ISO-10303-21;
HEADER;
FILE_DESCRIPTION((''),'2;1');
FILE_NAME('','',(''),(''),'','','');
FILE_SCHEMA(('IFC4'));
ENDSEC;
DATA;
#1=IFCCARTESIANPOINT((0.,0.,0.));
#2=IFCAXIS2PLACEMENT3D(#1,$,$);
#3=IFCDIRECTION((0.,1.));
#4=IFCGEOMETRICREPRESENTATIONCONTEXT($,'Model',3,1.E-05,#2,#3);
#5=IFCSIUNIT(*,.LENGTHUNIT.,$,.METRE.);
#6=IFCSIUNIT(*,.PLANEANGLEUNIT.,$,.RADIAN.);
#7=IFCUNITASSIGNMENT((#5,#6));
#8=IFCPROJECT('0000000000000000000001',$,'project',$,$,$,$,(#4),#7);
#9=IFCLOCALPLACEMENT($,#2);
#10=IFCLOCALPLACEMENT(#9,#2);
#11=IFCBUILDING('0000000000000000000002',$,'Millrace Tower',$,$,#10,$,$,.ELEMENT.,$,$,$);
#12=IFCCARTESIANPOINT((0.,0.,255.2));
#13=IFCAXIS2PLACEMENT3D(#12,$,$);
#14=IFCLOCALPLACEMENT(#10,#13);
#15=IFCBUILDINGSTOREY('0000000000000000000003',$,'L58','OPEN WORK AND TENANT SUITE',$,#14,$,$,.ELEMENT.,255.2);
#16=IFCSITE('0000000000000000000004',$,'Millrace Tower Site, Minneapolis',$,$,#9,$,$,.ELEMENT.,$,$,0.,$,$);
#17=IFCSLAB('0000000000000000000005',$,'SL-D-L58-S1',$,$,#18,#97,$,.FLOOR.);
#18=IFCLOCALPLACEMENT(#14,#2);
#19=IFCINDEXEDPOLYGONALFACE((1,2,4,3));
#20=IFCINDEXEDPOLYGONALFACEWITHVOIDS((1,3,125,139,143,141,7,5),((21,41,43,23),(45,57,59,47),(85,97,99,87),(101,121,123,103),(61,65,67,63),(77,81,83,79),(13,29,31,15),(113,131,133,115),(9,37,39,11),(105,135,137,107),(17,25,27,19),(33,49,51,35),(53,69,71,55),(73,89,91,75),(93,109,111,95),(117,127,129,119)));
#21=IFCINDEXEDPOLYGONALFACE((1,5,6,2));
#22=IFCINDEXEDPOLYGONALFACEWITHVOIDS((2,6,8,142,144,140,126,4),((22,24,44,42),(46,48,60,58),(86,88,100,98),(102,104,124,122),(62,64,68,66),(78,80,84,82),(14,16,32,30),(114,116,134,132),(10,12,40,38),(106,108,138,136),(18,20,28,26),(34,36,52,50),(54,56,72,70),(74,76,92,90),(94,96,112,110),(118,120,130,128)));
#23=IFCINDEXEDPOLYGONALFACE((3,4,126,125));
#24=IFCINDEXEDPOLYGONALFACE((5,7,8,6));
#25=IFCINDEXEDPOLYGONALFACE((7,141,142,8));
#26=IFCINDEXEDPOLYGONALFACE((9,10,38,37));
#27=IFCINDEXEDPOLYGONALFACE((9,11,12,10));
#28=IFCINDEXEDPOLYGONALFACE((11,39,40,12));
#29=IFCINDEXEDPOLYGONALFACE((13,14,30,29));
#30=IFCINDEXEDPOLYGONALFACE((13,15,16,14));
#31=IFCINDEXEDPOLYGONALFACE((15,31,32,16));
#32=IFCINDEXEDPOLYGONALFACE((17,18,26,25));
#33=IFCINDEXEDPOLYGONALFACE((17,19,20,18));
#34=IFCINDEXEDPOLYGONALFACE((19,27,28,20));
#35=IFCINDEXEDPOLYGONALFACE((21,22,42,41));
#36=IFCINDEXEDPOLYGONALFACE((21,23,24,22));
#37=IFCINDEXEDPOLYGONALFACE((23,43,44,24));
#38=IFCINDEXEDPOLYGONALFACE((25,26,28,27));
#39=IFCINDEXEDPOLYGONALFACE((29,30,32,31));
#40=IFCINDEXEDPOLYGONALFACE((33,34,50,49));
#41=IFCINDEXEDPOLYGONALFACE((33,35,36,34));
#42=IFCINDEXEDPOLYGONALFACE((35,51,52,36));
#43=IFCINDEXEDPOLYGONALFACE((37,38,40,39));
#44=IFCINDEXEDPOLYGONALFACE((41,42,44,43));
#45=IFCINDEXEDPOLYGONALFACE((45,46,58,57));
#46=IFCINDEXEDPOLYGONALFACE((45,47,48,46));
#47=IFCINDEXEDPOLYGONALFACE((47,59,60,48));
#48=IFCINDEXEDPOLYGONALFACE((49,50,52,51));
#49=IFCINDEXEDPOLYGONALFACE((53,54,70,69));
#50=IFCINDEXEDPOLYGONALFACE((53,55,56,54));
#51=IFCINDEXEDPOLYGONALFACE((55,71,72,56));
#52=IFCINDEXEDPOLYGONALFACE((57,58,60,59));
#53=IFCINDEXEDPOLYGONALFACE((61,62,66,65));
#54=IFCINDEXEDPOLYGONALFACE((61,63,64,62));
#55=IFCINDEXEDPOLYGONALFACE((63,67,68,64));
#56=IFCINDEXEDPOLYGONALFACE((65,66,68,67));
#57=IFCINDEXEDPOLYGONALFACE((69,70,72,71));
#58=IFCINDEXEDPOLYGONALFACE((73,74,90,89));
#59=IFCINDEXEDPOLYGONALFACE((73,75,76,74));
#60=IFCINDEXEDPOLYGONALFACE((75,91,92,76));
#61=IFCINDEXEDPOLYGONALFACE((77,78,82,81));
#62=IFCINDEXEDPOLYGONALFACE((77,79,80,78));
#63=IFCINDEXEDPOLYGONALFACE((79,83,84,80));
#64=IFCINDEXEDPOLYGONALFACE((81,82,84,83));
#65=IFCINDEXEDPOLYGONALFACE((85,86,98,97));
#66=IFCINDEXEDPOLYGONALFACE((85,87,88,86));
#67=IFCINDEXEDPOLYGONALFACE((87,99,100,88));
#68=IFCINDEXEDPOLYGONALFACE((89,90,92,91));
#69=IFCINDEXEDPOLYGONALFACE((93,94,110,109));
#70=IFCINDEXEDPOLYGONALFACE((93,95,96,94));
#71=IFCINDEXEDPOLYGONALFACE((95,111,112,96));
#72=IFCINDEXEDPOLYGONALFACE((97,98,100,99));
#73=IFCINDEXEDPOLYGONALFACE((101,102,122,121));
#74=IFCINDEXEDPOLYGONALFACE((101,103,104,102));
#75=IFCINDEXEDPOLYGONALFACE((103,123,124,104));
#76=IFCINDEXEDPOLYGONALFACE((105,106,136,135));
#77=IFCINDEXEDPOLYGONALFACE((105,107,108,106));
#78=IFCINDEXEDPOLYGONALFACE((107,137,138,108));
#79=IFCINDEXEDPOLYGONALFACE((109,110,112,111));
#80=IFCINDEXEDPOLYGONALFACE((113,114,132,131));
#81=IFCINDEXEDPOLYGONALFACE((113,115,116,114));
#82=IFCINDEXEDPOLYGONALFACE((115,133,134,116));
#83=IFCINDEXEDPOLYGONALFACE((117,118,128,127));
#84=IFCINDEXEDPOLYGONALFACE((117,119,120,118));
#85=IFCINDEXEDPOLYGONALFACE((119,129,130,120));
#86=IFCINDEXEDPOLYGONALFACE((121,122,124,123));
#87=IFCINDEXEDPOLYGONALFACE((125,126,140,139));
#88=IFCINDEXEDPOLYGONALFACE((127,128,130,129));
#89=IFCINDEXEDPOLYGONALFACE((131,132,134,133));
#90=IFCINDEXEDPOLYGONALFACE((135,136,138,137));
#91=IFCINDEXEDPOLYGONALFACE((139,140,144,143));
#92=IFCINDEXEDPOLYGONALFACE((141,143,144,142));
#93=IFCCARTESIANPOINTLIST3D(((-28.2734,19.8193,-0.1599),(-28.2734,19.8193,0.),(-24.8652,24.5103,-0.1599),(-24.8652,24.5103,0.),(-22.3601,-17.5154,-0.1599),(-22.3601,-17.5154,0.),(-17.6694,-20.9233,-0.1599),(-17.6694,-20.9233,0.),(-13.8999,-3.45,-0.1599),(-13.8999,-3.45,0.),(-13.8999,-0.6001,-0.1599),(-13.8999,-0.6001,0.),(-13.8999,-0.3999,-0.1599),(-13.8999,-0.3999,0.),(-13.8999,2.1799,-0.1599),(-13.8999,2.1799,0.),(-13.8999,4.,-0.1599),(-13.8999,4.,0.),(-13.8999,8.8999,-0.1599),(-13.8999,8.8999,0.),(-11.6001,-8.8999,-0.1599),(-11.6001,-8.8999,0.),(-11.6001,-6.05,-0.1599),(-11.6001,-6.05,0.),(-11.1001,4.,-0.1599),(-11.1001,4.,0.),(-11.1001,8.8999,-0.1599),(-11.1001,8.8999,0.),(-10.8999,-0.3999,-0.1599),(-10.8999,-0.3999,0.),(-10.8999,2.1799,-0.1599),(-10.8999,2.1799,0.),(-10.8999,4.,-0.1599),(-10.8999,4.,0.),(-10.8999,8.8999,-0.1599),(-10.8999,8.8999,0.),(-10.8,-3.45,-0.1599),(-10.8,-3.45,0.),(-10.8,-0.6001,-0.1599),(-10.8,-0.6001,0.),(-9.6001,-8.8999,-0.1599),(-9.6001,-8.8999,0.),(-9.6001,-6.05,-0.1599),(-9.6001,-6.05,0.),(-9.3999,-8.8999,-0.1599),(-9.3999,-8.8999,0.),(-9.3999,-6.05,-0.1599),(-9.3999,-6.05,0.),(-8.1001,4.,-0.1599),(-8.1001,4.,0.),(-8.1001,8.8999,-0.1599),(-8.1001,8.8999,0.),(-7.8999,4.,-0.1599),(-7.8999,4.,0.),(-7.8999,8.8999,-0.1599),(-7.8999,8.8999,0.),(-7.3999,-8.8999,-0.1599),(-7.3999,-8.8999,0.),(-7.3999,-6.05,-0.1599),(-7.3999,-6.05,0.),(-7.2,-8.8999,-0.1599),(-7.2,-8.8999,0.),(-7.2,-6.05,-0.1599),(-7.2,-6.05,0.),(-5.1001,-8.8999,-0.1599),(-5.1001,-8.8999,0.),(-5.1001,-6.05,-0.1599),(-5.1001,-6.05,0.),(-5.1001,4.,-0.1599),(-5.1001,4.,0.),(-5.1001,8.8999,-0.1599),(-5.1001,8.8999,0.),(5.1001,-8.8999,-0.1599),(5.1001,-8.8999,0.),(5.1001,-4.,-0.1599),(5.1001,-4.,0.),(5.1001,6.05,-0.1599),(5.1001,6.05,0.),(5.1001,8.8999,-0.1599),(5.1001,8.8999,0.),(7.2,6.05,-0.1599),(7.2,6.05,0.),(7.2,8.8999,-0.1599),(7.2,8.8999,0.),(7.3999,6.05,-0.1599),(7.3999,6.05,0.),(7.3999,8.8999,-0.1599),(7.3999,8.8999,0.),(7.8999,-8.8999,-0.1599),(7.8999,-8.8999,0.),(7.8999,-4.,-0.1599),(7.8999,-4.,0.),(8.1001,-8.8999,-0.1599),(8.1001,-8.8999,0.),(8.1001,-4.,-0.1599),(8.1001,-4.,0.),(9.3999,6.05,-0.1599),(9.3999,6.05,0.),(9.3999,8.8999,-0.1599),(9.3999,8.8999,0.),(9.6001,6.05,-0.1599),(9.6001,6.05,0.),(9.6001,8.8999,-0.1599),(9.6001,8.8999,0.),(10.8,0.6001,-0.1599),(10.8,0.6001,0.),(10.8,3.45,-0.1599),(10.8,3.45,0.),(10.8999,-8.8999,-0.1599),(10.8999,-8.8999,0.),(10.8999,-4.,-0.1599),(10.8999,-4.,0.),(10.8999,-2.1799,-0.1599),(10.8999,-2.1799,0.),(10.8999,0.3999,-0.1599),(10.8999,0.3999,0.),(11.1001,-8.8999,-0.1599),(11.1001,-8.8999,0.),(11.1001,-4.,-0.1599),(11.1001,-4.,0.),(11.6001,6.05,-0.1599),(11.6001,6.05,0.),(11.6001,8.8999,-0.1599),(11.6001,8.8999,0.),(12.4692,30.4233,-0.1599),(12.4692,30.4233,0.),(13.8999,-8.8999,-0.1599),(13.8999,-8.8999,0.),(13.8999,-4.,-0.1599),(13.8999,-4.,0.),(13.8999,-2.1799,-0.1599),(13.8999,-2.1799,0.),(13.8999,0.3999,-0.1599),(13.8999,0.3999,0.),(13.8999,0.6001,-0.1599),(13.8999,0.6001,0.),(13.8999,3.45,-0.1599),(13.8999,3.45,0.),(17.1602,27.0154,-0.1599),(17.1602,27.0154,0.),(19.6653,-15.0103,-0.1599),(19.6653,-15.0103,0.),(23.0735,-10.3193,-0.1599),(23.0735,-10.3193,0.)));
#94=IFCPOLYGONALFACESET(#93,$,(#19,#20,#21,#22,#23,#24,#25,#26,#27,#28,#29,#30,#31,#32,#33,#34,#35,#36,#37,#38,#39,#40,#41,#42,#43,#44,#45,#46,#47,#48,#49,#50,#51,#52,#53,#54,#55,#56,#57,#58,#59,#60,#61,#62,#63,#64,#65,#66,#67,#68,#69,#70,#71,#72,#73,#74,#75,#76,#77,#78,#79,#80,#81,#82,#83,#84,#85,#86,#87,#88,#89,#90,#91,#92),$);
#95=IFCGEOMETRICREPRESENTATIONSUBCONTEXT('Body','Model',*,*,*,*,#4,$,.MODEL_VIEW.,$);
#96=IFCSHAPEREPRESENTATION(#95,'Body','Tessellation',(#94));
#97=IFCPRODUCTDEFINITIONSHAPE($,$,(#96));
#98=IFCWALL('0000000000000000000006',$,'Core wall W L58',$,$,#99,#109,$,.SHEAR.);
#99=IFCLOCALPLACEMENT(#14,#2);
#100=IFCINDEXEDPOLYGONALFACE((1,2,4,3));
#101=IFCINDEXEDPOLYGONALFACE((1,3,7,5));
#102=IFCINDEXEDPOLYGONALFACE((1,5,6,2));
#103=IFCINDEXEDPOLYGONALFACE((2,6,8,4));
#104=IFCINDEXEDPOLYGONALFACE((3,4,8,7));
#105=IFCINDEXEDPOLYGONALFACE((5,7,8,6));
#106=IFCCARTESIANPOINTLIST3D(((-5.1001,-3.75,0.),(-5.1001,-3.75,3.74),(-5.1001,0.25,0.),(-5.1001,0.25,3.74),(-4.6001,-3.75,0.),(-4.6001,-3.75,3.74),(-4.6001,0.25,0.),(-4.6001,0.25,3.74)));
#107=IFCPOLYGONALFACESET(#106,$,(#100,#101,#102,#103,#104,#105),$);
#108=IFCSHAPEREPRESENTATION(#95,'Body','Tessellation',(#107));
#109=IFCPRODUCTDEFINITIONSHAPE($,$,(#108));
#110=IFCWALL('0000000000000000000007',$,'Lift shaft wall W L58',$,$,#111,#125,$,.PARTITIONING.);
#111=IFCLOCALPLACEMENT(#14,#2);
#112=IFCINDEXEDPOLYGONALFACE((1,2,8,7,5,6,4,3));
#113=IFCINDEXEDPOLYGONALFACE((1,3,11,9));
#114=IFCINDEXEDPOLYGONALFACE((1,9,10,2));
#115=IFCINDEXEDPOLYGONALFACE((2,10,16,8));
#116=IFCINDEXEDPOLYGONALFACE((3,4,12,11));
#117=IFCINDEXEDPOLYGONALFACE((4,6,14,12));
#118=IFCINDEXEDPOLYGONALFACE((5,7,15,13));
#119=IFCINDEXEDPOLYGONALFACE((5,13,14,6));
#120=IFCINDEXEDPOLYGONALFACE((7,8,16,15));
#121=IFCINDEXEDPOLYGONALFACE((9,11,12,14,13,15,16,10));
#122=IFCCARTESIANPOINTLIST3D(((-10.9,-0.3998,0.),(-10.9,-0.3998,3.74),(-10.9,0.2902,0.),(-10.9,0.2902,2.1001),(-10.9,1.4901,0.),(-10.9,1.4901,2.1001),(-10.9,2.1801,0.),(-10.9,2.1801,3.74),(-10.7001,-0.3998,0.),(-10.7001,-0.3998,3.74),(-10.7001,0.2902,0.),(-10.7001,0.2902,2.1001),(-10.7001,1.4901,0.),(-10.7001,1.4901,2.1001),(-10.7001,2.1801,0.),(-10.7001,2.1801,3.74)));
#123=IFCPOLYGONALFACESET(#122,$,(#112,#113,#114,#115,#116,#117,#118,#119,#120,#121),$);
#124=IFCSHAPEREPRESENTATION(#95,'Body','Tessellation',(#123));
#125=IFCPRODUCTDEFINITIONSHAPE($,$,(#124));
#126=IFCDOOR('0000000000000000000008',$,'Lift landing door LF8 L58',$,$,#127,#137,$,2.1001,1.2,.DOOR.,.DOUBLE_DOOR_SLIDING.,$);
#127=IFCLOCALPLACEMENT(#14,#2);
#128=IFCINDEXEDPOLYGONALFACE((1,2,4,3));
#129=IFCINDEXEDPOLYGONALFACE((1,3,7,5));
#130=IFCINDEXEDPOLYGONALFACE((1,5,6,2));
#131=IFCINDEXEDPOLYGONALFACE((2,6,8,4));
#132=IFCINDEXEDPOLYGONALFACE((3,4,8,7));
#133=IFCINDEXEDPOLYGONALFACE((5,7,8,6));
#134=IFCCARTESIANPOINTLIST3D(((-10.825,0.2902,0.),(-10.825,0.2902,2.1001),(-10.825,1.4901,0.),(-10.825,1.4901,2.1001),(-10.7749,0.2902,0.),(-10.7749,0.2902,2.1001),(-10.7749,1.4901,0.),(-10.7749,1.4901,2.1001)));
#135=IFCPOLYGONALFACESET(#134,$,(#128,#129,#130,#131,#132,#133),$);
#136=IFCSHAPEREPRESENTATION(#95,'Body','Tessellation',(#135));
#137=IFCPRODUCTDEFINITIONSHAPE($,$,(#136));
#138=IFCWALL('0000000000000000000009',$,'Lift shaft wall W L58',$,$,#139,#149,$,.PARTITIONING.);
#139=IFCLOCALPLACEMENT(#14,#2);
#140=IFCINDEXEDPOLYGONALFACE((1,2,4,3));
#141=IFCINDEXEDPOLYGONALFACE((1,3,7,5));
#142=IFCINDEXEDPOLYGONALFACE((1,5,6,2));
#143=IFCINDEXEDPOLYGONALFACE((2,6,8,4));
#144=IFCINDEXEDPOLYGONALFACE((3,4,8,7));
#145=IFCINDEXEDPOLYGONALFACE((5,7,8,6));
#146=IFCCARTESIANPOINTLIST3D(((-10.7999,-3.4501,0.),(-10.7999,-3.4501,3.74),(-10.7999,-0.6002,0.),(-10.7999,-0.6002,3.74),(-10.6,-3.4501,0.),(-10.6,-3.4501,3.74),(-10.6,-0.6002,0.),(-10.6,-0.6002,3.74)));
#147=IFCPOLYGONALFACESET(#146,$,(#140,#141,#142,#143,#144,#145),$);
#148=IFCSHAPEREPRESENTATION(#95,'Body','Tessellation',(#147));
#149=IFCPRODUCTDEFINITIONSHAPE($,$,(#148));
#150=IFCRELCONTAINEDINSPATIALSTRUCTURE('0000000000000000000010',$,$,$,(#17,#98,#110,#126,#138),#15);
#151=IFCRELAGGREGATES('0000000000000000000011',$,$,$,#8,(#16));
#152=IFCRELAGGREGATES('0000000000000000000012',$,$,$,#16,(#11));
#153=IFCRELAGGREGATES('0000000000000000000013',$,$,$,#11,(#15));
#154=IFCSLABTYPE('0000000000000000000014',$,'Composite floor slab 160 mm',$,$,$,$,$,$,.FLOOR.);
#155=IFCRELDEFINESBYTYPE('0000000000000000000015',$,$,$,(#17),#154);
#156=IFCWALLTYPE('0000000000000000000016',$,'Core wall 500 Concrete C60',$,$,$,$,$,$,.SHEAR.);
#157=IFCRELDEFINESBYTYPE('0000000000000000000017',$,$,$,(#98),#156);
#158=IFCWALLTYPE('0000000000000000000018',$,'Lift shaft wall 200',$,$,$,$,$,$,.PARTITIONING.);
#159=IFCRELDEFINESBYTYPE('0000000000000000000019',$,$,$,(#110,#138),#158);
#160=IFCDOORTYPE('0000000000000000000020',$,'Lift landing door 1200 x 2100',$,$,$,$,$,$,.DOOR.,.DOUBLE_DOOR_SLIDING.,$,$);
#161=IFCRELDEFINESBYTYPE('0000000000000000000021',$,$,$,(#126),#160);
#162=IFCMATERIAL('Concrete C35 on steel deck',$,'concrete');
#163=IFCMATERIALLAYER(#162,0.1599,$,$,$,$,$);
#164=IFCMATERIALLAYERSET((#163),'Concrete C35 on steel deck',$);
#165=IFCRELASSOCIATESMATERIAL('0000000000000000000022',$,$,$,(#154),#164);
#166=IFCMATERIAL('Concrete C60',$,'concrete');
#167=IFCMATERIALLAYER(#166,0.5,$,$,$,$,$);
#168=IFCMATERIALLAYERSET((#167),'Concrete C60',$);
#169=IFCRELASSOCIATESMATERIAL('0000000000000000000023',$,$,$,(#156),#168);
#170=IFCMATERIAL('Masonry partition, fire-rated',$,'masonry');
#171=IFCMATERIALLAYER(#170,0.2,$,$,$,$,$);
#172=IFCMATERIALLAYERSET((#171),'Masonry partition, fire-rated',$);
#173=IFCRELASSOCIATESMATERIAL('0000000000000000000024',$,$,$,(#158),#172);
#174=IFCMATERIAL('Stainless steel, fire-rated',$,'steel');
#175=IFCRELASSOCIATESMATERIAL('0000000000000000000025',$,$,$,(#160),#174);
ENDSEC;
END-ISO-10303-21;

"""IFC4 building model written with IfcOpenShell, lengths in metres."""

from ifc_helpers import new_model, si_unit, direction, frame, frame_2d, origin, place, context, subcontext, project, spatial, polyline, rectangle, outline, extrude, material, layer, layer_set, type_object, element, fill, save


model = new_model("IFC4")

# Units and contexts
model_context = context("Model", 3, precision=1e-05, world=origin(), true_north=direction((0.0, 1.0)))
body_context = subcontext(model_context, "Body", "Model", "MODEL_VIEW")
ifc_project = project(units=[si_unit("LENGTHUNIT", "METRE"), si_unit("PLANEANGLEUNIT", "RADIAN")], contexts=[model_context])

# Site, building, storey
site_placement = place(None, origin())
site = spatial("IfcSite", under=ifc_project, at=site_placement, Name="Millrace Tower Site, Minneapolis", CompositionType="ELEMENT", RefElevation=0.0)
building_placement = place(site_placement, origin())
building = spatial("IfcBuilding", under=site, at=building_placement, Name="Millrace Tower", CompositionType="ELEMENT")
storey_placement = place(building_placement, frame((0.0, 0.0, 255.2)))
storey = spatial("IfcBuildingStorey", under=building, at=storey_placement, Name="L58", Description="OPEN WORK AND TENANT SUITE", CompositionType="ELEMENT", Elevation=255.2)

# Slab
ifc_material_1 = material(Name="Concrete C35 on steel deck", Category="concrete")
ifc_layer_1 = layer(ifc_material_1, 0.1599)
ifc_layer_set_1 = layer_set([ifc_layer_1], Name="Concrete C35 on steel deck")
slab_type = type_object("IfcSlabType", Name="Composite floor slab 160 mm", PredefinedType="FLOOR", material=ifc_layer_set_1)
slab_placement = place(storey_placement, frame((0.0, 0.0, -0.1599)))
element("IfcSlab", 1, at=slab_placement, inside=storey, type_object=slab_type, Name="SL-D-L58-S1", PredefinedType="FLOOR", context=body_context, shape_type="SweptSolid", body=[
    extrude(outline(polyline([(-22.3601, -17.5154), (-17.6694, -20.9233), (19.6653, -15.0103), (23.0735, -10.3193), (17.1602, 27.0154), (12.4692, 30.4233), (-24.8652, 24.5103), (-28.2734, 19.8193), (-22.3601, -17.5154)]), holes=[polyline([(-11.6001, -8.8999), (-9.6001, -8.8999), (-9.6001, -6.05), (-11.6001, -6.05), (-11.6001, -8.8999)]), polyline([(-9.3999, -8.8999), (-7.3999, -8.8999), (-7.3999, -6.05), (-9.3999, -6.05), (-9.3999, -8.8999)]), polyline([(-7.2, -8.8999), (-5.1001, -8.8999), (-5.1001, -6.05), (-7.2, -6.05), (-7.2, -8.8999)]), polyline([(-13.8999, -3.45), (-10.8, -3.45), (-10.8, -0.6001), (-13.8999, -0.6001), (-13.8999, -3.45)]), polyline([(-13.8999, -0.3999), (-10.8999, -0.3999), (-10.8999, 2.1799), (-13.8999, 2.1799), (-13.8999, -0.3999)]), polyline([(-13.8999, 4.0), (-11.1001, 4.0), (-11.1001, 8.8999), (-13.8999, 8.8999), (-13.8999, 4.0)]), polyline([(-10.8999, 4.0), (-8.1001, 4.0), (-8.1001, 8.8999), (-10.8999, 8.8999), (-10.8999, 4.0)]), polyline([(-7.8999, 4.0), (-5.1001, 4.0), (-5.1001, 8.8999), (-7.8999, 8.8999), (-7.8999, 4.0)]), polyline([(9.6001, 6.05), (11.6001, 6.05), (11.6001, 8.8999), (9.6001, 8.8999), (9.6001, 6.05)]), polyline([(7.3999, 6.05), (9.3999, 6.05), (9.3999, 8.8999), (7.3999, 8.8999), (7.3999, 6.05)]), polyline([(5.1001, 6.05), (7.2, 6.05), (7.2, 8.8999), (5.1001, 8.8999), (5.1001, 6.05)]), polyline([(10.8, 0.6001), (13.8999, 0.6001), (13.8999, 3.45), (10.8, 3.45), (10.8, 0.6001)]), polyline([(10.8999, -2.1799), (13.8999, -2.1799), (13.8999, 0.3999), (10.8999, 0.3999), (10.8999, -2.1799)]), polyline([(11.1001, -8.8999), (13.8999, -8.8999), (13.8999, -4.0), (11.1001, -4.0), (11.1001, -8.8999)]), polyline([(8.1001, -8.8999), (10.8999, -8.8999), (10.8999, -4.0), (8.1001, -4.0), (8.1001, -8.8999)]), polyline([(5.1001, -8.8999), (7.8999, -8.8999), (7.8999, -4.0), (5.1001, -4.0), (5.1001, -8.8999)])]), origin(), (0.0, 0.0, 1.0), 0.1599),
])

# Wall
ifc_material_2 = material(Name="Concrete C60", Category="concrete")
ifc_layer_2 = layer(ifc_material_2, 0.5)
ifc_layer_set_2 = layer_set([ifc_layer_2], Name="Concrete C60")
wall_type_1 = type_object("IfcWallType", Name="Core wall 500 Concrete C60", PredefinedType="SHEAR", material=ifc_layer_set_2)
wall_1_placement = place(storey_placement, frame((-4.8501, -3.75, 0.0), z_axis=(0.0, 0.0, 1.0), x_axis=(0.0, 1.0, 0.0)))
element("IfcWall", 2, at=wall_1_placement, inside=storey, type_object=wall_type_1, Name="Core wall W L58", PredefinedType="SHEAR", context=body_context, shape_type="SweptSolid", body=[
    extrude(rectangle(XDim=4.0, YDim=0.5, at=frame_2d((2.0, 0.0))), origin(), (0.0, 0.0, 1.0), 3.74),
])

# Wall, opening, door
ifc_material_3 = material(Name="Masonry partition, fire-rated", Category="masonry")
ifc_layer_3 = layer(ifc_material_3, 0.2)
ifc_layer_set_3 = layer_set([ifc_layer_3], Name="Masonry partition, fire-rated")
wall_type_2 = type_object("IfcWallType", Name="Lift shaft wall 200", PredefinedType="PARTITIONING", material=ifc_layer_set_3)
wall_2_placement = place(storey_placement, frame((-10.8, -0.3999, 0.0), z_axis=(0.0, 0.0, 1.0), x_axis=(0.0, 1.0, 0.0)))
wall_2 = element("IfcWall", 3, at=wall_2_placement, inside=storey, type_object=wall_type_2, Name="Lift shaft wall W L58", PredefinedType="PARTITIONING", context=body_context, shape_type="SweptSolid", body=[
    extrude(rectangle(XDim=2.5798, YDim=0.2, at=frame_2d((1.29, 0.0))), origin(), (0.0, 0.0, 1.0), 3.74),
])
opening_1_placement = place(wall_2_placement, frame((0.6899, 0.0, 0.0)))
opening_1 = element("IfcOpeningElement", 4, at=opening_1_placement, cuts=wall_2, PredefinedType="OPENING", context=body_context, shape_type="SweptSolid", body=[
    extrude(rectangle(XDim=1.2, YDim=2.1001, at=frame_2d((0.6001, 1.05))), frame((0.0, 0.1099, 0.0), z_axis=(0.0, -1.0, 0.0), x_axis=(1.0, 0.0, 0.0)), (0.0, 0.0, 1.0), 0.22),
])
ifc_material_4 = material(Name="Stainless steel, fire-rated", Category="steel")
door_type_1 = type_object("IfcDoorType", Name="Lift landing door 1200 x 2100", OperationType="DOUBLE_DOOR_SLIDING", PredefinedType="DOOR", material=ifc_material_4)
door_1_placement = place(opening_1_placement, origin())
door_1 = element("IfcDoor", 5, at=door_1_placement, inside=storey, type_object=door_type_1, Name="Lift landing door LF8 L58", OperationType="DOUBLE_DOOR_SLIDING", OverallHeight=2.1001, OverallWidth=1.2, PredefinedType="DOOR", context=body_context, shape_type="SweptSolid", body=[
    extrude(rectangle(XDim=1.2, YDim=2.1001, at=frame_2d((0.6001, 1.05))), frame((0.0, 0.0249, 0.0), z_axis=(0.0, -1.0, 0.0), x_axis=(1.0, 0.0, 0.0)), (0.0, 0.0, 1.0), 0.05),
])
fill(opening_1, door_1)

# Wall
wall_3_placement = place(storey_placement, frame((-10.7, -3.45, 0.0), z_axis=(0.0, 0.0, 1.0), x_axis=(0.0, 1.0, 0.0)))
element("IfcWall", 6, at=wall_3_placement, inside=storey, type_object=wall_type_2, Name="Lift shaft wall W L58", PredefinedType="PARTITIONING", context=body_context, shape_type="SweptSolid", body=[
    extrude(rectangle(XDim=2.8499, YDim=0.2, at=frame_2d((1.4248, 0.0))), origin(), (0.0, 0.0, 1.0), 3.74),
])

save(model, "model.ifc")
